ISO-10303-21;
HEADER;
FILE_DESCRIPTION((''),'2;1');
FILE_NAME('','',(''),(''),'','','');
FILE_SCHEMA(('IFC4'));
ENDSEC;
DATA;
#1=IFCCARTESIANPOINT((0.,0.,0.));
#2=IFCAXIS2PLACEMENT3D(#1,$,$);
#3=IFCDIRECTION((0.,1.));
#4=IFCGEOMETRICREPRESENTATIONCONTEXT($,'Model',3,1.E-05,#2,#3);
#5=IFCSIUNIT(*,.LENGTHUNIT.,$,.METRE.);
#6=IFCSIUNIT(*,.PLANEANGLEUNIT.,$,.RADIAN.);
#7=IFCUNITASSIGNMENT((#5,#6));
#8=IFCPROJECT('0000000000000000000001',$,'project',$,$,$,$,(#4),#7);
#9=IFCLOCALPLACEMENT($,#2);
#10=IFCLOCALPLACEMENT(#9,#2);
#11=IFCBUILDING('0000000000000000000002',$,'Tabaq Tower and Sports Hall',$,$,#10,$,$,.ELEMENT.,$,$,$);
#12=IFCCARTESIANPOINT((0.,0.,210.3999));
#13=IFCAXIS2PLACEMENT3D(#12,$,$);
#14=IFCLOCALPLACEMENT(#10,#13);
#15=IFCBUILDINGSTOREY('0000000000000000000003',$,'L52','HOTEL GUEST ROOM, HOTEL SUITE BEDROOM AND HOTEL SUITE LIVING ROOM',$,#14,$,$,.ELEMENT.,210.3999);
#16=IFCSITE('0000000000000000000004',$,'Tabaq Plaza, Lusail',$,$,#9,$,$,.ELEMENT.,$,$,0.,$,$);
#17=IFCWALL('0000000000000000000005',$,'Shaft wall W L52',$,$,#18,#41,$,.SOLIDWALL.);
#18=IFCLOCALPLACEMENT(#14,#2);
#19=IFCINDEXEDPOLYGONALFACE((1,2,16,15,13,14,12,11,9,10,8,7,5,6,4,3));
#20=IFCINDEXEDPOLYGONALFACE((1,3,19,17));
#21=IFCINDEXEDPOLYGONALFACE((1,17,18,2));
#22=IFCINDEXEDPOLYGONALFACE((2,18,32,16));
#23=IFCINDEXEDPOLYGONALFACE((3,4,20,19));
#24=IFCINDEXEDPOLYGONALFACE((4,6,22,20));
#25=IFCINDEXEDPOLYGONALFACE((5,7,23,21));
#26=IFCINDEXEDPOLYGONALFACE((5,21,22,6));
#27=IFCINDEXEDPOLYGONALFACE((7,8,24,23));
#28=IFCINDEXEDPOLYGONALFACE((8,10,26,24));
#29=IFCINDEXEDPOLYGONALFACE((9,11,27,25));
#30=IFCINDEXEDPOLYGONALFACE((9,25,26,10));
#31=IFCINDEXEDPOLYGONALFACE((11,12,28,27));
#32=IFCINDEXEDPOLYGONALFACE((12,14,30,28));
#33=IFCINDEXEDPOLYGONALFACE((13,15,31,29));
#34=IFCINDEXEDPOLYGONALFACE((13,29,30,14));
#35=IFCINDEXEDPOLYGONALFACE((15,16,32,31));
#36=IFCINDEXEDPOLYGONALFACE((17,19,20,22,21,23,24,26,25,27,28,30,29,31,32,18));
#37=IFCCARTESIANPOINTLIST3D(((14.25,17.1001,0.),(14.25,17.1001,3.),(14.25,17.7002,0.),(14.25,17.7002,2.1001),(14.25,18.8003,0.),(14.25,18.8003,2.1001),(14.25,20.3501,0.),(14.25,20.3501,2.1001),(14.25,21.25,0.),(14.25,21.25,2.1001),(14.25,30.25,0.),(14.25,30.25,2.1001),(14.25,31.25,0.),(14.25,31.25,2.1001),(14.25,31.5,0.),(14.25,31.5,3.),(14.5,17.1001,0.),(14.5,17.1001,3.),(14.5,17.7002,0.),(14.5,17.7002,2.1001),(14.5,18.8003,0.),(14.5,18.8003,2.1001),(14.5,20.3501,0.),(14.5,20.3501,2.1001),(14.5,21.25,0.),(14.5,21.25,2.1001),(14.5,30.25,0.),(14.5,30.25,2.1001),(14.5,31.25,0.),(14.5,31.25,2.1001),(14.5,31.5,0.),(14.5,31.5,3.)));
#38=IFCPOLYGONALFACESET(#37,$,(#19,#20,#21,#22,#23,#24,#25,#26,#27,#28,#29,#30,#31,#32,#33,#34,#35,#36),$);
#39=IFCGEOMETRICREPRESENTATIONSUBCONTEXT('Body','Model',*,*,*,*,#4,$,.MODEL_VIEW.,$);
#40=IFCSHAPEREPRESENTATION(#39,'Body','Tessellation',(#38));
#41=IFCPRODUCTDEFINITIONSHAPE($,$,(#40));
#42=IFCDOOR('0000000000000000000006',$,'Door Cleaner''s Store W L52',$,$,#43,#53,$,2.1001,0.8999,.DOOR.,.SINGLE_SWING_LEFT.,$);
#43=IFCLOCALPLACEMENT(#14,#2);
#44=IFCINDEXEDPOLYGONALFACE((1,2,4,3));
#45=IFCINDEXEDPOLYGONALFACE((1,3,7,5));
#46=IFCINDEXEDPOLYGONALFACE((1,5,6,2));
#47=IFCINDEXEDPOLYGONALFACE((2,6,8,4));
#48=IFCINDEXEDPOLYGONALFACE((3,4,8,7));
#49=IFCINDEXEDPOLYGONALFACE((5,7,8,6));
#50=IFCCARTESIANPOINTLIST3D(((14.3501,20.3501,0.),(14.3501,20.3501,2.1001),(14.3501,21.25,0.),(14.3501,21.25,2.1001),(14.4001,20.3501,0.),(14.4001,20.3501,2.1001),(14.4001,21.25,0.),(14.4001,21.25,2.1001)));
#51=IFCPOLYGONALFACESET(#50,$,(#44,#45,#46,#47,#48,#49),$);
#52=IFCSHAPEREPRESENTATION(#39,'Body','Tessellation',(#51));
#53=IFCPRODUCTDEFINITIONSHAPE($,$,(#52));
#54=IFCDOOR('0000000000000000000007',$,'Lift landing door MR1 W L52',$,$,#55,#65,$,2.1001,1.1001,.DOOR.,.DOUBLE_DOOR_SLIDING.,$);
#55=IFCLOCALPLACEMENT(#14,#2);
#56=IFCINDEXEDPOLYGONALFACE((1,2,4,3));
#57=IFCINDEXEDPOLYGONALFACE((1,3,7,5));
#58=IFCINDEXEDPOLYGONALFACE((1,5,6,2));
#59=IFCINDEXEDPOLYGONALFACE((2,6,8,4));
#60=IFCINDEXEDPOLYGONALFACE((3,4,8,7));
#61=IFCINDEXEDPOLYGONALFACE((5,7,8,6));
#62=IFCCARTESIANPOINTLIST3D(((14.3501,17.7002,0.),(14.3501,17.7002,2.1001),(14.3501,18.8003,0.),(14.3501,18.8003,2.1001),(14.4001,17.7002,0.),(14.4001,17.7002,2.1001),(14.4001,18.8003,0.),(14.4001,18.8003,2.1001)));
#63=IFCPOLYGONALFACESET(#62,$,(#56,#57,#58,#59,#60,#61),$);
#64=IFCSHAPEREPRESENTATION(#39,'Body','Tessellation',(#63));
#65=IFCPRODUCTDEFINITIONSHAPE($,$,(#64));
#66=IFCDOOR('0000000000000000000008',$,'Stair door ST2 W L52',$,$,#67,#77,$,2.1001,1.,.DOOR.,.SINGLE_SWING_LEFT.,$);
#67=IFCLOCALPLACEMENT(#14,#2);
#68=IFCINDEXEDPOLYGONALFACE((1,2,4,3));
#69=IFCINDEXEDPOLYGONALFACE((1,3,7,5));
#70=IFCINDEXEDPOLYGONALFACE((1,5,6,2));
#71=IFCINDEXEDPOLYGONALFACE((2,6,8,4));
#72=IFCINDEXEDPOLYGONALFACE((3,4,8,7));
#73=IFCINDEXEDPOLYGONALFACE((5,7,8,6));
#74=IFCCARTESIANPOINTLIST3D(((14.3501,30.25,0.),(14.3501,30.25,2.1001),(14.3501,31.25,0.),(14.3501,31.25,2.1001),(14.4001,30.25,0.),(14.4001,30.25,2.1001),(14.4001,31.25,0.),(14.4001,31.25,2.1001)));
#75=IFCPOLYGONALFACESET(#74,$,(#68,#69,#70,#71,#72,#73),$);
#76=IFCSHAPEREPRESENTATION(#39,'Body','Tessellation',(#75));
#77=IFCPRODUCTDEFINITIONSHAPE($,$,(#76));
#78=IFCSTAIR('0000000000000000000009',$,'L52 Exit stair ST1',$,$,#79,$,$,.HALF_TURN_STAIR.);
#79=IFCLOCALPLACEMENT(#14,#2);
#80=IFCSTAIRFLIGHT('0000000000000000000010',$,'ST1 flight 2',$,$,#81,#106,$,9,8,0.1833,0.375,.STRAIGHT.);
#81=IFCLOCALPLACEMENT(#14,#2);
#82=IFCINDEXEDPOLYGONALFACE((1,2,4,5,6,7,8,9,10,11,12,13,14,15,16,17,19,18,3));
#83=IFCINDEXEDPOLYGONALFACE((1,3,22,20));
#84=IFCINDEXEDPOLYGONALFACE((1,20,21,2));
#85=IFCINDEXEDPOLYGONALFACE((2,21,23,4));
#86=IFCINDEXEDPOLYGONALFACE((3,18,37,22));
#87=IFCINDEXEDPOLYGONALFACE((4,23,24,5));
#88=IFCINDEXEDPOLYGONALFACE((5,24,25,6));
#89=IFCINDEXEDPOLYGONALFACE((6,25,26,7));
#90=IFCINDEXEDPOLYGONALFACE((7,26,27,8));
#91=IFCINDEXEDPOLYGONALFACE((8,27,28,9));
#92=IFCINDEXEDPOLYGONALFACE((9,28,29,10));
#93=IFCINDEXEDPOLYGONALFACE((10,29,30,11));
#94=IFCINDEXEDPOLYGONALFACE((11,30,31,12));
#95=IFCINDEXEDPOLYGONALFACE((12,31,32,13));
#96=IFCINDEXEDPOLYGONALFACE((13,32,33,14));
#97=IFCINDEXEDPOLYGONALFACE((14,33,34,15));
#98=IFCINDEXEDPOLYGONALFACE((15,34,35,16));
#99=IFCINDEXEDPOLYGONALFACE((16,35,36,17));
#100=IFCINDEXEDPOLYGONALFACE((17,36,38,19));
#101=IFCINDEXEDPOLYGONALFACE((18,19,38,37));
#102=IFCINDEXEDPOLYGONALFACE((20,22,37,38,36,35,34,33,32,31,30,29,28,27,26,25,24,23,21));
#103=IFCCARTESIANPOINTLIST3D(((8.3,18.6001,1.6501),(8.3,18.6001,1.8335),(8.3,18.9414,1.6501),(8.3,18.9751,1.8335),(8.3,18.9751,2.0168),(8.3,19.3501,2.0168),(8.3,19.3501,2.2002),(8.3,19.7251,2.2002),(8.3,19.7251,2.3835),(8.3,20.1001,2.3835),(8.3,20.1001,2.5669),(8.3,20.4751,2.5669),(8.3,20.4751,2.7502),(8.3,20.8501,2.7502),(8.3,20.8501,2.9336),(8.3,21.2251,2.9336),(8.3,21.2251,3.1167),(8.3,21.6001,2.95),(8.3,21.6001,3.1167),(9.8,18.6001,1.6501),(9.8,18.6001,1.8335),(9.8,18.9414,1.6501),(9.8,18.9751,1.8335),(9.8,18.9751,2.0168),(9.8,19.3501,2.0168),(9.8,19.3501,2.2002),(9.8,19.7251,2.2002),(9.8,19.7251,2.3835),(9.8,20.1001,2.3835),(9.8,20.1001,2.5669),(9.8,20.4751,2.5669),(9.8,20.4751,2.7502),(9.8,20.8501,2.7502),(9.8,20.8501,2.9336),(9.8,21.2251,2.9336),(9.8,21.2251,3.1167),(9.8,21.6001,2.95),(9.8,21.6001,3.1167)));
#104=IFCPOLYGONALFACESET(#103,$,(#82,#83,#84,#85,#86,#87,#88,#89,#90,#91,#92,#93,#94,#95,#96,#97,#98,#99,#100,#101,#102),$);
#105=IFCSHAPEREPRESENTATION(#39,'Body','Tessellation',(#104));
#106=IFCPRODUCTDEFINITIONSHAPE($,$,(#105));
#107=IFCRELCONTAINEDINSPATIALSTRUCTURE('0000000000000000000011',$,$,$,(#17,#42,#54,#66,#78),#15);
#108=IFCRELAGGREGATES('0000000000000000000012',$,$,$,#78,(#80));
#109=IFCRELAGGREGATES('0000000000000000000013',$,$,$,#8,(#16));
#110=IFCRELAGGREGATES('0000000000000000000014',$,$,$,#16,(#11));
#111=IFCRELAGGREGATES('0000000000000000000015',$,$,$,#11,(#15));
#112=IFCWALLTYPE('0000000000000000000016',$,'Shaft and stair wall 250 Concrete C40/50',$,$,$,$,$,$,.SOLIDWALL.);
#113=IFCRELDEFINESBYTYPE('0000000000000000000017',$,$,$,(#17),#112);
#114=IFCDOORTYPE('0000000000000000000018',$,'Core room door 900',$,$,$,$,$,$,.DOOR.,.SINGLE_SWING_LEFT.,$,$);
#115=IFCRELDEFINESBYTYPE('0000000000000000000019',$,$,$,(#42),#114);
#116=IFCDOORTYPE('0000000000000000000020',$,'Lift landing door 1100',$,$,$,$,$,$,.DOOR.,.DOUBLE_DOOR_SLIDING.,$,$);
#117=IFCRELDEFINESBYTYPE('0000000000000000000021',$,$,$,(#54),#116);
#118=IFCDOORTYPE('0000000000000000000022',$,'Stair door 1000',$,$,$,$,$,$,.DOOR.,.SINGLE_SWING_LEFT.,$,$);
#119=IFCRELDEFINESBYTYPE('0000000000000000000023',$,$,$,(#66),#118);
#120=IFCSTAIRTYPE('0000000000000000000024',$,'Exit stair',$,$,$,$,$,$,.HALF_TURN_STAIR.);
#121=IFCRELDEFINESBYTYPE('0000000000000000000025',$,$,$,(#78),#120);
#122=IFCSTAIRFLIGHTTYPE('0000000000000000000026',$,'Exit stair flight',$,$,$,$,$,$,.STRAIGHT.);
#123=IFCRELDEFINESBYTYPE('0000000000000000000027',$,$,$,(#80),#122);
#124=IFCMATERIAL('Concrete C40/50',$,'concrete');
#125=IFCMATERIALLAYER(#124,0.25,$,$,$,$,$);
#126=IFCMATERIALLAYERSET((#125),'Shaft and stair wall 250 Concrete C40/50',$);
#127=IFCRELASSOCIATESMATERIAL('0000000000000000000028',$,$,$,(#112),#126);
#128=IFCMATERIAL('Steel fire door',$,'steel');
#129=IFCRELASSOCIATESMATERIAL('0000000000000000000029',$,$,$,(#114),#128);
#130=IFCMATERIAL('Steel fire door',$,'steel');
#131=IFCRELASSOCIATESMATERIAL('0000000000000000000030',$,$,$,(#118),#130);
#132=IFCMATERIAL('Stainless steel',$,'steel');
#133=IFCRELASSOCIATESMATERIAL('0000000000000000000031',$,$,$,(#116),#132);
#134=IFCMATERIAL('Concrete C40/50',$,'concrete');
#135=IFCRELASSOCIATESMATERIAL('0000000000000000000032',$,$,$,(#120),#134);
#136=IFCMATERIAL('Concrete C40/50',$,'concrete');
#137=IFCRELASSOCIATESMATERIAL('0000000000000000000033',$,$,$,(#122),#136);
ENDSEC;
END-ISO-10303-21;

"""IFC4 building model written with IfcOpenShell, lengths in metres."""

from ifc_helpers import new_model, si_unit, direction, frame, frame_2d, origin, place, context, subcontext, project, spatial, polyline, rectangle, outline, extrude, material, layer, layer_set, type_object, element, fill, aggregate, save


model = new_model("IFC4")

# Units and contexts
model_context = context("Model", 3, precision=1e-05, world=origin(), true_north=direction((0.0, 1.0)))
body_context = subcontext(model_context, "Body", "Model", "MODEL_VIEW")
ifc_project = project(units=[si_unit("LENGTHUNIT", "METRE"), si_unit("PLANEANGLEUNIT", "RADIAN")], contexts=[model_context])

# Site, building, storey
site_placement = place(None, origin())
site = spatial("IfcSite", under=ifc_project, at=site_placement, Name="Tabaq Plaza, Lusail", CompositionType="ELEMENT", RefElevation=0.0)
building_placement = place(site_placement, origin())
building = spatial("IfcBuilding", under=site, at=building_placement, Name="Tabaq Tower and Sports Hall", CompositionType="ELEMENT")
storey_placement = place(building_placement, frame((0.0, 0.0, 210.3999)))
storey = spatial("IfcBuildingStorey", under=building, at=storey_placement, Name="L52", Description="HOTEL GUEST ROOM, HOTEL SUITE BEDROOM AND HOTEL SUITE LIVING ROOM", CompositionType="ELEMENT", Elevation=210.3999)

# Wall, openings, doors
ifc_material_1 = material(Name="Concrete C40/50", Category="concrete")
ifc_layer_1 = layer(ifc_material_1, 0.25)
ifc_layer_set_1 = layer_set([ifc_layer_1], Name="Shaft and stair wall 250 Concrete C40/50")
wall_type_1 = type_object("IfcWallType", Name="Shaft and stair wall 250 Concrete C40/50", PredefinedType="SOLIDWALL", material=ifc_layer_set_1)
ifc_material_2 = material(Name="Steel fire door", Category="steel")
door_type_1 = type_object("IfcDoorType", Name="Core room door 900", OperationType="SINGLE_SWING_LEFT", PredefinedType="DOOR", material=ifc_material_2)
ifc_material_3 = material(Name="Steel fire door", Category="steel")
door_type_2 = type_object("IfcDoorType", Name="Stair door 1000", OperationType="SINGLE_SWING_LEFT", PredefinedType="DOOR", material=ifc_material_3)
wall_1_placement = place(storey_placement, frame((14.375, 17.1001, 0.0), z_axis=(0.0, 0.0, 1.0), x_axis=(0.0, 1.0, 0.0)))
wall_1 = element("IfcWall", 1, at=wall_1_placement, inside=storey, type_object=wall_type_1, Name="Shaft wall W L52", PredefinedType="SOLIDWALL", context=body_context, shape_type="SweptSolid", body=[
    extrude(rectangle(XDim=14.3999, YDim=0.25, at=frame_2d((7.2, 0.0))), origin(), (0.0, 0.0, 1.0), 3.0),
])
opening_1_placement = place(wall_1_placement, frame((13.1499, 0.0, 0.0)))
opening_1 = element("IfcOpeningElement", 2, at=opening_1_placement, cuts=wall_1, PredefinedType="OPENING", context=body_context, shape_type="SweptSolid", body=[
    extrude(rectangle(XDim=1.0, YDim=2.1001, at=frame_2d((0.5, 1.05))), frame((0.0, 0.125, 0.0), z_axis=(0.0, -1.0, 0.0), x_axis=(1.0, 0.0, 0.0)), (0.0, 0.0, 1.0), 0.25),
])
opening_2_placement = place(wall_1_placement, frame((0.6001, 0.0, 0.0)))
opening_2 = element("IfcOpeningElement", 3, at=opening_2_placement, cuts=wall_1, PredefinedType="OPENING", context=body_context, shape_type="SweptSolid", body=[
    extrude(rectangle(XDim=1.1001, YDim=2.1001, at=frame_2d((0.55, 1.05))), frame((0.0, 0.125, 0.0), z_axis=(0.0, -1.0, 0.0), x_axis=(1.0, 0.0, 0.0)), (0.0, 0.0, 1.0), 0.25),
])
opening_3_placement = place(wall_1_placement, frame((3.25, 0.0, 0.0)))
opening_3 = element("IfcOpeningElement", 4, at=opening_3_placement, cuts=wall_1, PredefinedType="OPENING", context=body_context, shape_type="SweptSolid", body=[
    extrude(rectangle(XDim=0.8999, YDim=2.1001, at=frame_2d((0.45, 1.05))), frame((0.0, 0.125, 0.0), z_axis=(0.0, -1.0, 0.0), x_axis=(1.0, 0.0, 0.0)), (0.0, 0.0, 1.0), 0.25),
])
door_1_placement = place(opening_3_placement, origin())
door_1 = element("IfcDoor", 5, at=door_1_placement, inside=storey, type_object=door_type_1, Name="Door Cleaner's Store W L52", OperationType="SINGLE_SWING_LEFT", OverallHeight=2.1001, OverallWidth=0.8999, PredefinedType="DOOR", context=body_context, shape_type="SweptSolid", body=[
    extrude(rectangle(XDim=0.8999, YDim=2.1001, at=frame_2d((0.45, 1.05))), frame((0.0, 0.0249, 0.0), z_axis=(0.0, -1.0, 0.0), x_axis=(1.0, 0.0, 0.0)), (0.0, 0.0, 1.0), 0.05),
])
fill(opening_3, door_1)
ifc_material_4 = material(Name="Stainless steel", Category="steel")
door_type_3 = type_object("IfcDoorType", Name="Lift landing door 1100", OperationType="DOUBLE_DOOR_SLIDING", PredefinedType="DOOR", material=ifc_material_4)
door_2_placement = place(opening_2_placement, origin())
door_2 = element("IfcDoor", 6, at=door_2_placement, inside=storey, type_object=door_type_3, Name="Lift landing door MR1 W L52", OperationType="DOUBLE_DOOR_SLIDING", OverallHeight=2.1001, OverallWidth=1.1001, PredefinedType="DOOR", context=body_context, shape_type="SweptSolid", body=[
    extrude(rectangle(XDim=1.1001, YDim=2.1001, at=frame_2d((0.55, 1.05))), frame((0.0, 0.0249, 0.0), z_axis=(0.0, -1.0, 0.0), x_axis=(1.0, 0.0, 0.0)), (0.0, 0.0, 1.0), 0.05),
])
fill(opening_2, door_2)
door_3_placement = place(opening_1_placement, origin())
door_3 = element("IfcDoor", 7, at=door_3_placement, inside=storey, type_object=door_type_2, Name="Stair door ST2 W L52", OperationType="SINGLE_SWING_LEFT", OverallHeight=2.1001, OverallWidth=1.0, PredefinedType="DOOR", context=body_context, shape_type="SweptSolid", body=[
    extrude(rectangle(XDim=1.0, YDim=2.1001, at=frame_2d((0.5, 1.05))), frame((0.0, 0.0249, 0.0), z_axis=(0.0, -1.0, 0.0), x_axis=(1.0, 0.0, 0.0)), (0.0, 0.0, 1.0), 0.05),
])
fill(opening_1, door_3)

# Stair, stair flight
ifc_material_5 = material(Name="Concrete C40/50", Category="concrete")
stair_type = type_object("IfcStairType", Name="Exit stair", PredefinedType="HALF_TURN_STAIR", material=ifc_material_5)
stair_placement = place(storey_placement, origin())
stair = element("IfcStair", 8, at=stair_placement, inside=storey, type_object=stair_type, Name="L52 Exit stair ST1", PredefinedType="HALF_TURN_STAIR")
ifc_material_6 = material(Name="Concrete C40/50", Category="concrete")
stair_flight_type = type_object("IfcStairFlightType", Name="Exit stair flight", PredefinedType="STRAIGHT", material=ifc_material_6)
stair_flight_placement = place(storey_placement, frame((9.05, 18.6001, 1.6501), z_axis=(0.0, 0.0, 1.0), x_axis=(0.0, 1.0, 0.0)))
stair_flight = element("IfcStairFlight", 9, at=stair_flight_placement, type_object=stair_flight_type, Name="ST1 flight 2", NumberOfRisers=9, NumberOfTreads=8, PredefinedType="STRAIGHT", RiserHeight=0.1833, TreadLength=0.375, context=body_context, shape_type="SweptSolid", body=[
    extrude(outline(polyline([(0.0, 0.0), (0.0, 0.1833), (0.375, 0.1833), (0.375, 0.3667), (0.75, 0.3667), (0.75, 0.55), (1.125, 0.55), (1.125, 0.7334), (1.5, 0.7334), (1.5, 0.9167), (1.875, 0.9167), (1.875, 1.1001), (2.25, 1.1001), (2.25, 1.2834), (2.625, 1.2834), (2.625, 1.4666), (3.0, 1.4666), (3.0, 1.6499), (3.0, 1.2998), (0.3413, 0.0), (0.0, 0.0)])), frame((0.0, 0.75, 0.0), z_axis=(0.0, -1.0, 0.0), x_axis=(1.0, 0.0, 0.0)), (0.0, 0.0, 1.0), 1.5),
])
aggregate(stair, [stair_flight])

save(model, "model.ifc")
